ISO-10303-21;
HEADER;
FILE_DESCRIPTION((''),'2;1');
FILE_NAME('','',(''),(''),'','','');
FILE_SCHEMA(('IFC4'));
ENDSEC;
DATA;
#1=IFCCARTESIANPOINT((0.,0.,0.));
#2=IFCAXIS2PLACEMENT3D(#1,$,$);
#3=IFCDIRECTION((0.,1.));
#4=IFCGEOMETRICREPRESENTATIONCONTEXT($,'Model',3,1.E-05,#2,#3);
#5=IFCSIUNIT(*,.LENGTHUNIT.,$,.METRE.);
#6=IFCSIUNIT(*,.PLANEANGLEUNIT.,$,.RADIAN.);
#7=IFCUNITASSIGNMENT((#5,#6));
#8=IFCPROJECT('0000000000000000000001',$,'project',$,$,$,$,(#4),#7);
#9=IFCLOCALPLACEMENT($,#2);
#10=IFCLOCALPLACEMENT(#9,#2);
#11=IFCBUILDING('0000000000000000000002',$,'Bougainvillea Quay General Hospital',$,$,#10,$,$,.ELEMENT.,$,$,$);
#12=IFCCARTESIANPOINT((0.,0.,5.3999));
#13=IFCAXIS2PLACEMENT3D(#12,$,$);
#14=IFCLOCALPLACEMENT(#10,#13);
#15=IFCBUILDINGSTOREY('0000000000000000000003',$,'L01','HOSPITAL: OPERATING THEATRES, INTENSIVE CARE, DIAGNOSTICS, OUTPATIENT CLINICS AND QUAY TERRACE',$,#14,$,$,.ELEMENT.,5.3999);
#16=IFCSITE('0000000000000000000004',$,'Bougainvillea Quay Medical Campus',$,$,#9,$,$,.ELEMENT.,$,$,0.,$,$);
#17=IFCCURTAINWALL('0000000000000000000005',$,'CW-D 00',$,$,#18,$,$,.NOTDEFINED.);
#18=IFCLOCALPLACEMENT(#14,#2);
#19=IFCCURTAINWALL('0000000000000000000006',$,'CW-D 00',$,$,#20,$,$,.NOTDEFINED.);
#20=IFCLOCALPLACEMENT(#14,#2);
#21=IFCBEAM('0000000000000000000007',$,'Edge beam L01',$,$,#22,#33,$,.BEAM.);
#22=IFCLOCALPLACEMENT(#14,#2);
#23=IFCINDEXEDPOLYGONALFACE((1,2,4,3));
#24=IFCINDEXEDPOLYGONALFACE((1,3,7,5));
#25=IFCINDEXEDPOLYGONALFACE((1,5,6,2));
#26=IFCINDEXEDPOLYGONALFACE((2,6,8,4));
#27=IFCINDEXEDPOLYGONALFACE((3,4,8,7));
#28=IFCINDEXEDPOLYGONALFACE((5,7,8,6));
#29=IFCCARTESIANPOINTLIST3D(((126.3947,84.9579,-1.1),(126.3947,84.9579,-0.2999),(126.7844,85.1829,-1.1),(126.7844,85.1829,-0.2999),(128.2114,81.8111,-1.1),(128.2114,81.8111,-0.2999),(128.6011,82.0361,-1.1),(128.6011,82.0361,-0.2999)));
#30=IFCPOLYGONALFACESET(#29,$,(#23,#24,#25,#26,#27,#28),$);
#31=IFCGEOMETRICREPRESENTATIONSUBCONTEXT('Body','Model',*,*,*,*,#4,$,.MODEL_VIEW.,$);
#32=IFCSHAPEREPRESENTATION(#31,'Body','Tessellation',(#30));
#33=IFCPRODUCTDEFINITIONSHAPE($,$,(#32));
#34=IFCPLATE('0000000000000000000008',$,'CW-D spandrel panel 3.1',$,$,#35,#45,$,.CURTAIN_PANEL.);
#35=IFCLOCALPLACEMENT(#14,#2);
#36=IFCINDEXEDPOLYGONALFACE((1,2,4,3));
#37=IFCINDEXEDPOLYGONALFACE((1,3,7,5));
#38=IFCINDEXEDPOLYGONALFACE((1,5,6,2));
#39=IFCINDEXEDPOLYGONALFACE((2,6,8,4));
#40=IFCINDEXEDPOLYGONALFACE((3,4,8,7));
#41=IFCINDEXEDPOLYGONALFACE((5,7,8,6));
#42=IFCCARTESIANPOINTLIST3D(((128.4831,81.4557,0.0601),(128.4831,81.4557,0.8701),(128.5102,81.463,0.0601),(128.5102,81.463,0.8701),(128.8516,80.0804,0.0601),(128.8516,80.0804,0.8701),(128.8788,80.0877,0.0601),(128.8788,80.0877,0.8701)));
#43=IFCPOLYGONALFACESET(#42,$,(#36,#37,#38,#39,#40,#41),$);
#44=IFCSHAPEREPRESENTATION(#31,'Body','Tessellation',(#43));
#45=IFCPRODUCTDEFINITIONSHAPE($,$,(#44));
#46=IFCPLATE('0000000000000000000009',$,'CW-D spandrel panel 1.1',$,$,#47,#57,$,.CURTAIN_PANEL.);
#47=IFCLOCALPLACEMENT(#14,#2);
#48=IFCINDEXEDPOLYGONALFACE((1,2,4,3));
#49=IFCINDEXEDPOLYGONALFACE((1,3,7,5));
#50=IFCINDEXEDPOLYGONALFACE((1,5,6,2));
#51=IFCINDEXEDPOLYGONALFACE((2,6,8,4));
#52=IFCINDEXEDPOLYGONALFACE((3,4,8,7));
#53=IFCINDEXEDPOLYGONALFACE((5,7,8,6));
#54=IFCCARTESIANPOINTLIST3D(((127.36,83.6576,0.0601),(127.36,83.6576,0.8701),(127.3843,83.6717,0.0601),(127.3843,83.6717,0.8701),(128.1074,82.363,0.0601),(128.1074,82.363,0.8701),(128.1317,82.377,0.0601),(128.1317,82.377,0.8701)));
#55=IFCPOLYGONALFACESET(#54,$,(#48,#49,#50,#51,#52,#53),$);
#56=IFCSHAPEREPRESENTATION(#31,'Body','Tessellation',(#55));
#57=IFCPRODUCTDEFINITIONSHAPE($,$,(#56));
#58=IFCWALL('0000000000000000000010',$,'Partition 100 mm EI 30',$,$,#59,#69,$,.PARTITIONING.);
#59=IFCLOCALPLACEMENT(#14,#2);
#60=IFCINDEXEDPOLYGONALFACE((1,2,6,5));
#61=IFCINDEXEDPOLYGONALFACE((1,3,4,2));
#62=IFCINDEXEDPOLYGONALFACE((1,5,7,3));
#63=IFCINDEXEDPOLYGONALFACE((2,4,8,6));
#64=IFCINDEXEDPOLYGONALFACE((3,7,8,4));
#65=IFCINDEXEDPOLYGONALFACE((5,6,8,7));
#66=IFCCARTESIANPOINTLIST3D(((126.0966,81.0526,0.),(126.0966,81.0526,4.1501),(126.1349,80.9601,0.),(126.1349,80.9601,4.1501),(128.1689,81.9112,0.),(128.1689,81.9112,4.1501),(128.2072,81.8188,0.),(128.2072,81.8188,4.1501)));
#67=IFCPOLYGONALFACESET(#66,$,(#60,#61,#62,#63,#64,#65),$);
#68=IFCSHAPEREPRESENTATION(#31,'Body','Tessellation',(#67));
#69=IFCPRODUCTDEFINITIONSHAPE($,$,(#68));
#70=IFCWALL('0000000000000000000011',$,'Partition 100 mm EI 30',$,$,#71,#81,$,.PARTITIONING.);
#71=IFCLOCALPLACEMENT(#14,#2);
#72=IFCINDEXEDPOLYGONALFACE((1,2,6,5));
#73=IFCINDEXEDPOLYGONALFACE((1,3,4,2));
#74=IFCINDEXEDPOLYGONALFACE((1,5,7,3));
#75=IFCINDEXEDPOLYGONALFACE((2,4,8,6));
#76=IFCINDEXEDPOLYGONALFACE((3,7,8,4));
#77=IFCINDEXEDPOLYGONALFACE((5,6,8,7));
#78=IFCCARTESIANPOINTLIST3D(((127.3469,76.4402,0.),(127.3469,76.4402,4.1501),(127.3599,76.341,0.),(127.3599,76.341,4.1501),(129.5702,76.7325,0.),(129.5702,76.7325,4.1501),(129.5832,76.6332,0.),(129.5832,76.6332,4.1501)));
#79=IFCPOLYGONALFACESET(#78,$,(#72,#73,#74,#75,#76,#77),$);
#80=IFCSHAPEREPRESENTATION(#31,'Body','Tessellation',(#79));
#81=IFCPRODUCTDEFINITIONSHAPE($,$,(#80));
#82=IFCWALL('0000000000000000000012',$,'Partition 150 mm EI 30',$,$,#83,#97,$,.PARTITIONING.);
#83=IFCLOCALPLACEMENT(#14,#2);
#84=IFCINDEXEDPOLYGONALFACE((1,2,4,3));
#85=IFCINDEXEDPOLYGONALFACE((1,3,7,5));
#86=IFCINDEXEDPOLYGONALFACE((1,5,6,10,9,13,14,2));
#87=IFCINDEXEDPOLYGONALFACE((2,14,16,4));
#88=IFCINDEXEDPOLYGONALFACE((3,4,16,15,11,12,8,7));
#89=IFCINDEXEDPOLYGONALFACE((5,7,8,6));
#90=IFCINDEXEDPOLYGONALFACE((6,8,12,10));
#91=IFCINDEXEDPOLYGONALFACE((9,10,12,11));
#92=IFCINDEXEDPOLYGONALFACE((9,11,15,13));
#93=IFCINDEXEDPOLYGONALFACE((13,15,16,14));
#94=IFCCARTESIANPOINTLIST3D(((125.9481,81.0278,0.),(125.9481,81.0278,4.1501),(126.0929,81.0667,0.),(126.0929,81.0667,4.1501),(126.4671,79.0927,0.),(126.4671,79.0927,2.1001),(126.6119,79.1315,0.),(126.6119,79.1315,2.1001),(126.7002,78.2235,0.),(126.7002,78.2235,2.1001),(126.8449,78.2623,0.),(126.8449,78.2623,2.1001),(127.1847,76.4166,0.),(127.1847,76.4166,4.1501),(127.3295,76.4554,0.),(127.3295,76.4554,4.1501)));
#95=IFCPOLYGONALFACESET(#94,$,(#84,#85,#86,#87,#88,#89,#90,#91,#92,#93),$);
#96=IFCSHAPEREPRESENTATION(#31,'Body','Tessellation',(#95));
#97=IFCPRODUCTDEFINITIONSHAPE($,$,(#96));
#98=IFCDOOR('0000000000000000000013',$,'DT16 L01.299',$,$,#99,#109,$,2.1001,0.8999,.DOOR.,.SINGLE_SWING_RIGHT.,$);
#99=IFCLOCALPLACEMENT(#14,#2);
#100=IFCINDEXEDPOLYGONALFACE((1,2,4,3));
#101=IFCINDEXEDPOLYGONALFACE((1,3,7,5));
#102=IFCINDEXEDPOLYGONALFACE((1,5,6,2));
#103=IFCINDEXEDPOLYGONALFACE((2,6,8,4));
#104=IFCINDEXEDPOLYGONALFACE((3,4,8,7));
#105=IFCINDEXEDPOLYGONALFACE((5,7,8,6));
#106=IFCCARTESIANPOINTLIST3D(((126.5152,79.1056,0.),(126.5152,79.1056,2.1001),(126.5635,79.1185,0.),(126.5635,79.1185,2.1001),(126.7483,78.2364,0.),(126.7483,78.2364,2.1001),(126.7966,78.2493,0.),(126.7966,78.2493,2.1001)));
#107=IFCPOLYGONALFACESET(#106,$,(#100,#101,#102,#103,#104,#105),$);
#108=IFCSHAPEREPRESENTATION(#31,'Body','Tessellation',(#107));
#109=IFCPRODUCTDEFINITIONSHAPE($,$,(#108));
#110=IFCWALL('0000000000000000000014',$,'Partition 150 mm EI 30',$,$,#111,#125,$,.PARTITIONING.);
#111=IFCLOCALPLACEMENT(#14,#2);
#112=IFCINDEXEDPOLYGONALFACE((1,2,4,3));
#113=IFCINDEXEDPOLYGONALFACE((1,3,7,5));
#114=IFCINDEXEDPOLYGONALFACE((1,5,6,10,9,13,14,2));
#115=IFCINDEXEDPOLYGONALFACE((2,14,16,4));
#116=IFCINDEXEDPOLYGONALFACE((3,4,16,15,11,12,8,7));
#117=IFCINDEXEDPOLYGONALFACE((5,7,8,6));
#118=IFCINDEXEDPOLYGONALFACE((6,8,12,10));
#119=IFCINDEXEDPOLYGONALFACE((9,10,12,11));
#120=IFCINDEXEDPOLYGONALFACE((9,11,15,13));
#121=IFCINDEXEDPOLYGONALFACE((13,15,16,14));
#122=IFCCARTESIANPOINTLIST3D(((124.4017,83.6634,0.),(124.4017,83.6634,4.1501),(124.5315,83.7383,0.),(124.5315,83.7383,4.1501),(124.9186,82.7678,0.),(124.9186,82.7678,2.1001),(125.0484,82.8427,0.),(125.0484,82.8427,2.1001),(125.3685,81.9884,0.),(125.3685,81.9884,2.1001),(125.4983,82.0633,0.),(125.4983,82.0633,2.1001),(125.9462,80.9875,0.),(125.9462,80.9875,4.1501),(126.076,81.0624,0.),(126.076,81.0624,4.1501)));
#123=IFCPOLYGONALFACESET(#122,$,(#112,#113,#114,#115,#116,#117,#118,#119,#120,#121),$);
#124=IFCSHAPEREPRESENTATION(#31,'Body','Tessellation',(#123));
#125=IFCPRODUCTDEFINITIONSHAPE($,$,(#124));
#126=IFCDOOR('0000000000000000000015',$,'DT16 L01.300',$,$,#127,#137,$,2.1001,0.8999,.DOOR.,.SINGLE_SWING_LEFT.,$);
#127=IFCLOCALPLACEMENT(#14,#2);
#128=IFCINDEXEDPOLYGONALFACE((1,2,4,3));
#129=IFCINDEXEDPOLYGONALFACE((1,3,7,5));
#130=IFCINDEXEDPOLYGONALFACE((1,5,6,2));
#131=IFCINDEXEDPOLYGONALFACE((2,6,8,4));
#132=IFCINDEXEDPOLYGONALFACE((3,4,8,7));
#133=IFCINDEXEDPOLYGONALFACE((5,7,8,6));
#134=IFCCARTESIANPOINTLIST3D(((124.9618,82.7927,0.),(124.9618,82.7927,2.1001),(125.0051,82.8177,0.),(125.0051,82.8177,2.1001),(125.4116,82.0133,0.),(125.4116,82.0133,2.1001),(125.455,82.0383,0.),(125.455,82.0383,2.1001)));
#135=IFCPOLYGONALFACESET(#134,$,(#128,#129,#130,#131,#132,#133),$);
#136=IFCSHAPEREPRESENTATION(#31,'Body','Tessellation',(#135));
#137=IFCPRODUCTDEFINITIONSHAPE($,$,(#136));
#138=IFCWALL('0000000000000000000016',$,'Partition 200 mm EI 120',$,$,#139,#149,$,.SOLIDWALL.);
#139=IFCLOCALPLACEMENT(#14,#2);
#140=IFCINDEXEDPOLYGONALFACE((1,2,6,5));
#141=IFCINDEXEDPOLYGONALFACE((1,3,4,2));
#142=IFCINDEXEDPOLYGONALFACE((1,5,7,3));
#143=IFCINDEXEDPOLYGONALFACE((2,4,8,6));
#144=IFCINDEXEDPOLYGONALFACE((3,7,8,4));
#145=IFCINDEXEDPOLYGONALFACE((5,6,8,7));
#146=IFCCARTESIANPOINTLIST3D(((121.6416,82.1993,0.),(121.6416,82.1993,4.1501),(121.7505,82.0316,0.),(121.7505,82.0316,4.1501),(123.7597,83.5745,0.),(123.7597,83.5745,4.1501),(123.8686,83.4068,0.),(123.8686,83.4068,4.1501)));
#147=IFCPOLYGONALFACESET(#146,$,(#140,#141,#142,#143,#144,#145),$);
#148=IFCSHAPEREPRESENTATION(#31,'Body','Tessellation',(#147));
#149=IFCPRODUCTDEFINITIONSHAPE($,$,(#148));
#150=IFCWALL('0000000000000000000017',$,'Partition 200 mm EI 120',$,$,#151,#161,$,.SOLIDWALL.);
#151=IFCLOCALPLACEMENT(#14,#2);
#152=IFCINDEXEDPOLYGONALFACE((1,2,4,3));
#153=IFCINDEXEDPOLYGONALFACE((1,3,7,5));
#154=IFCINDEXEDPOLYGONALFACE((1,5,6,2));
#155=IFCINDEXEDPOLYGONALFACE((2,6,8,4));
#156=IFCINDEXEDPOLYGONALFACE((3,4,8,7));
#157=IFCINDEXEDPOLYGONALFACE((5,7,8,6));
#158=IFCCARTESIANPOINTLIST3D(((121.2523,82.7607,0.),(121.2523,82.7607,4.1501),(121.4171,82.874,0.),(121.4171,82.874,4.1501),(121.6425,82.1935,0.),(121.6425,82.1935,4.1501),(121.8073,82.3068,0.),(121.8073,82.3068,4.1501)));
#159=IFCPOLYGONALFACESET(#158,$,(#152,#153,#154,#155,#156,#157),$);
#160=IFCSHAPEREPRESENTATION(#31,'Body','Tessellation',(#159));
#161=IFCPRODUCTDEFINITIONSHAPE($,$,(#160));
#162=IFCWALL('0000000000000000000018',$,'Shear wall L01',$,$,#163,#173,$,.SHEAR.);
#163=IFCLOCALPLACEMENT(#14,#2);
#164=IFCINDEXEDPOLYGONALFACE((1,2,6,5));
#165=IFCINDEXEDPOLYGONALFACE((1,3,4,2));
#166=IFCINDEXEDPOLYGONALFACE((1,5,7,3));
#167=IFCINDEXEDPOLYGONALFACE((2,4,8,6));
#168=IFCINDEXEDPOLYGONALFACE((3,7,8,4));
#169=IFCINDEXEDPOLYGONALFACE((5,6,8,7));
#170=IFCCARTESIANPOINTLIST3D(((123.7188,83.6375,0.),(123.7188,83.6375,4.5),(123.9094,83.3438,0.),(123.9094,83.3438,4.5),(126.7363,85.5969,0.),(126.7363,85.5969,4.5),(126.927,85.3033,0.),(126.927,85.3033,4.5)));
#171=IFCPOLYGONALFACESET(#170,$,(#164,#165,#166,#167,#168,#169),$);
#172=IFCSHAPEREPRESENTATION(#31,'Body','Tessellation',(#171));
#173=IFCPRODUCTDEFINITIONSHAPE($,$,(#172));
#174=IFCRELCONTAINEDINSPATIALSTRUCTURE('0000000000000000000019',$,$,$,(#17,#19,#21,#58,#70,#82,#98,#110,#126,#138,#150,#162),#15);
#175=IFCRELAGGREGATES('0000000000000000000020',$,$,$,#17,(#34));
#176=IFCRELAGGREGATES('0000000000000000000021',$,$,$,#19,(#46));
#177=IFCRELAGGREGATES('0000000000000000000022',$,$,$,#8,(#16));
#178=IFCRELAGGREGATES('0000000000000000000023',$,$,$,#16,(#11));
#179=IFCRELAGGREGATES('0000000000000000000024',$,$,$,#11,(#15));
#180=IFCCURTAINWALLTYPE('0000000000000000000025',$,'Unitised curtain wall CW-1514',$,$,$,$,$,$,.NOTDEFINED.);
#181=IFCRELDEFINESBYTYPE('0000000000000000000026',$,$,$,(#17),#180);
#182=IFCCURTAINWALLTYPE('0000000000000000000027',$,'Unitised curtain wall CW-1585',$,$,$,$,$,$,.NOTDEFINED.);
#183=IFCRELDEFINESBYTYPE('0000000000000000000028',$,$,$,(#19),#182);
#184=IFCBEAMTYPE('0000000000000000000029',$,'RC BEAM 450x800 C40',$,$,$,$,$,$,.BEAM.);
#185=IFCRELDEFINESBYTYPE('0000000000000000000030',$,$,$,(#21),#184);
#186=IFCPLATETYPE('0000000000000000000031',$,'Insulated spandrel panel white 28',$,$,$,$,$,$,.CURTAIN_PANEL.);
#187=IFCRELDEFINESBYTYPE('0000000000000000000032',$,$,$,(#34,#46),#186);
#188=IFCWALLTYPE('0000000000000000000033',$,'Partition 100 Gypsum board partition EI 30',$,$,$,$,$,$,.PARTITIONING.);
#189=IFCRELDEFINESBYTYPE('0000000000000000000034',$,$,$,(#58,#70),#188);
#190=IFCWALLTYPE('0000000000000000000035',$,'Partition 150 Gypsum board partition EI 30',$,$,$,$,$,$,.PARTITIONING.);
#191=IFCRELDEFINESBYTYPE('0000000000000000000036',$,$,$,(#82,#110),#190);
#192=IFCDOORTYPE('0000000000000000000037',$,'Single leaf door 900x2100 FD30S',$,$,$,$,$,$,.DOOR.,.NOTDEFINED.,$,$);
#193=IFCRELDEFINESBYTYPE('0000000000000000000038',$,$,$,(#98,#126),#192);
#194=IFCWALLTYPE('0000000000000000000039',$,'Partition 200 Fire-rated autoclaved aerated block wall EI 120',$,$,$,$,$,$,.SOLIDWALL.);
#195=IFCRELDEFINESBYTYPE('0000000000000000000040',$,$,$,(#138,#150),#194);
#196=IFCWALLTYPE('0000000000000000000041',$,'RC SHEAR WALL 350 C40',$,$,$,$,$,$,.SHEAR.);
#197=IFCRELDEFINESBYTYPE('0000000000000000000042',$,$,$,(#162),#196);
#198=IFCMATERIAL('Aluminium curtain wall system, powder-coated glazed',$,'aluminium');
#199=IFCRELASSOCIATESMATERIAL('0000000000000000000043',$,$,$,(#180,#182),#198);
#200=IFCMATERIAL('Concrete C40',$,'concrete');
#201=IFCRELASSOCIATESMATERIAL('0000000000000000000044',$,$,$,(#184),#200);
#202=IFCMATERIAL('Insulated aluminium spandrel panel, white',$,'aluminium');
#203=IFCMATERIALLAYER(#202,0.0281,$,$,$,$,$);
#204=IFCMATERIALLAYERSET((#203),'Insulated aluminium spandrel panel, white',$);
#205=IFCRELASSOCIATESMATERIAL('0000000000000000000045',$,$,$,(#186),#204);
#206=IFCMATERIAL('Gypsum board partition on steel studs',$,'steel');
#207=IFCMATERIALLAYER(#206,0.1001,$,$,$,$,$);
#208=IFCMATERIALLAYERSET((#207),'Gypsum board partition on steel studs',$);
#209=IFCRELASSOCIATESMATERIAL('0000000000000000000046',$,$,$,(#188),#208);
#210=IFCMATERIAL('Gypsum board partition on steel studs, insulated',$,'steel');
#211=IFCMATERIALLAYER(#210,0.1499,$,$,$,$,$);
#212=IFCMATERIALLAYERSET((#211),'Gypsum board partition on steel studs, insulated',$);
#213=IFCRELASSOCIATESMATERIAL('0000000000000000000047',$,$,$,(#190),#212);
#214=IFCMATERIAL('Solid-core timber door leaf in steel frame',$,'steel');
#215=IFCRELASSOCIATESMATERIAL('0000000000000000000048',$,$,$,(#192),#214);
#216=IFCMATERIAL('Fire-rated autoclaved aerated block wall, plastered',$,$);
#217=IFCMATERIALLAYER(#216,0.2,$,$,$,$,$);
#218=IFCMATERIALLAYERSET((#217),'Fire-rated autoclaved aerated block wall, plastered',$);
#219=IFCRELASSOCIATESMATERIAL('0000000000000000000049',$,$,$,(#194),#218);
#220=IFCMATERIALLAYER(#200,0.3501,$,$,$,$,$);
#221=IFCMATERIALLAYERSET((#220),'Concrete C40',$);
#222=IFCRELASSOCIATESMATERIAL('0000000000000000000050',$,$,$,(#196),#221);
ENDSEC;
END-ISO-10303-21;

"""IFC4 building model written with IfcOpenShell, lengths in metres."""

from ifc_helpers import new_model, si_unit, direction, frame, frame_2d, origin, origin_2d, place, context, subcontext, project, spatial, rectangle, extrude, material, layer, layer_set, material_profile, profile_set, type_object, element, fill, aggregate, save


model = new_model("IFC4")

# Units and contexts
model_context = context("Model", 3, precision=1e-05, world=origin(), true_north=direction((0.0, 1.0)))
body_context = subcontext(model_context, "Body", "Model", "MODEL_VIEW")
ifc_project = project(units=[si_unit("LENGTHUNIT", "METRE"), si_unit("PLANEANGLEUNIT", "RADIAN")], contexts=[model_context])

# Site, building, storey
site_placement = place(None, origin())
site = spatial("IfcSite", under=ifc_project, at=site_placement, Name="Bougainvillea Quay Medical Campus", CompositionType="ELEMENT", RefElevation=0.0)
building_placement = place(site_placement, origin())
building = spatial("IfcBuilding", under=site, at=building_placement, Name="Bougainvillea Quay General Hospital", CompositionType="ELEMENT")
storey_placement = place(building_placement, frame((0.0, 0.0, 5.3999)))
storey = spatial("IfcBuildingStorey", under=building, at=storey_placement, Name="L01", Description="HOSPITAL: OPERATING THEATRES, INTENSIVE CARE, DIAGNOSTICS, OUTPATIENT CLINICS AND QUAY TERRACE", CompositionType="ELEMENT", Elevation=5.3999)

# Curtain wall
ifc_material_1 = material(Name="Aluminium curtain wall system, powder-coated glazed", Category="aluminium")
curtain_wall_type_1 = type_object("IfcCurtainWallType", Name="Unitised curtain wall CW-1514", PredefinedType="NOTDEFINED", material=ifc_material_1)
curtain_wall_1_placement = place(storey_placement, origin())
curtain_wall_1 = element("IfcCurtainWall", 1, at=curtain_wall_1_placement, inside=storey, type_object=curtain_wall_type_1, Name="CW-D 00", PredefinedType="NOTDEFINED")

# Curtain wall
curtain_wall_type_2 = type_object("IfcCurtainWallType", Name="Unitised curtain wall CW-1585", PredefinedType="NOTDEFINED", material=ifc_material_1)
curtain_wall_2_placement = place(storey_placement, origin())
curtain_wall_2 = element("IfcCurtainWall", 2, at=curtain_wall_2_placement, inside=storey, type_object=curtain_wall_type_2, Name="CW-D 00", PredefinedType="NOTDEFINED")

# Beam
ifc_material_2 = material(Name="Concrete C40", Category="concrete")
ifc_material_profile_1 = material_profile(ifc_material_2, rectangle(XDim=0.45, YDim=0.8, at=origin_2d()))
ifc_profile_set_1 = profile_set([ifc_material_profile_1], Name="Concrete C40")
beam_type = type_object("IfcBeamType", Name="RC BEAM 450x800 C40", PredefinedType="BEAM", material=ifc_profile_set_1)
beam_placement = place(storey_placement, frame((128.4062, 81.9236, -0.7), z_axis=(-0.499976, 0.866039, 0.0), x_axis=(-0.866039, -0.499976, 0.0)))
element("IfcBeam", 3, at=beam_placement, inside=storey, type_object=beam_type, Name="Edge beam L01", PredefinedType="BEAM", context=body_context, shape_type="SweptSolid", body=[
    extrude(rectangle(XDim=0.45, YDim=0.8, at=origin_2d()), origin(), (0.0, 0.0, 1.0), 3.6335),
])

# Plates
ifc_material_3 = material(Name="Insulated aluminium spandrel panel, white", Category="aluminium")
ifc_layer_1 = layer(ifc_material_3, 0.0281)
ifc_layer_set_1 = layer_set([ifc_layer_1], Name="Insulated aluminium spandrel panel, white")
plate_type = type_object("IfcPlateType", Name="Insulated spandrel panel white 28", PredefinedType="CURTAIN_PANEL", material=ifc_layer_set_1)
plate_1_placement = place(storey_placement, frame((128.6809, 80.7717, 0.0601), z_axis=(0.0, 0.0, 1.0), x_axis=(-0.258855, 0.965916, 0.0)))
plate_1 = element("IfcPlate", 4, at=plate_1_placement, type_object=plate_type, Name="CW-D spandrel panel 3.1", PredefinedType="CURTAIN_PANEL", context=body_context, shape_type="SweptSolid", body=[
    extrude(rectangle(XDim=1.4238, YDim=0.0281, at=origin_2d()), origin(), (0.0, 0.0, 1.0), 0.8101),
])
aggregate(curtain_wall_1, [plate_1])
plate_2_placement = place(storey_placement, frame((127.7458, 83.0173, 0.0601), z_axis=(0.0, 0.0, 1.0), x_axis=(-0.499965, 0.866046, 0.0)))
plate_2 = element("IfcPlate", 5, at=plate_2_placement, type_object=plate_type, Name="CW-D spandrel panel 1.1", PredefinedType="CURTAIN_PANEL", context=body_context, shape_type="SweptSolid", body=[
    extrude(rectangle(XDim=1.4949, YDim=0.0281, at=origin_2d()), origin(), (0.0, 0.0, 1.0), 0.8101),
])
aggregate(curtain_wall_2, [plate_2])

# Walls
ifc_material_4 = material(Name="Gypsum board partition on steel studs", Category="steel")
ifc_layer_2 = layer(ifc_material_4, 0.1001)
ifc_layer_set_2 = layer_set([ifc_layer_2], Name="Gypsum board partition on steel studs")
wall_type_1 = type_object("IfcWallType", Name="Partition 100 Gypsum board partition EI 30", PredefinedType="PARTITIONING", material=ifc_layer_set_2)
wall_1_placement = place(storey_placement, frame((126.1157, 81.0063, 0.0), z_axis=(0.0, 0.0, 1.0), x_axis=(0.923835, 0.382791, 0.0)))
element("IfcWall", 6, at=wall_1_placement, inside=storey, type_object=wall_type_1, Name="Partition 100 mm EI 30", PredefinedType="PARTITIONING", context=body_context, shape_type="SweptSolid", body=[
    extrude(rectangle(XDim=2.2432, YDim=0.1001, at=frame_2d((1.1216, 0.0))), origin(), (0.0, 0.0, 1.0), 4.1501),
])
wall_2_placement = place(storey_placement, frame((127.3535, 76.3906, 0.0), z_axis=(0.0, 0.0, 1.0), x_axis=(0.991472, 0.130317, 0.0)))
element("IfcWall", 7, at=wall_2_placement, inside=storey, type_object=wall_type_1, Name="Partition 100 mm EI 30", PredefinedType="PARTITIONING", context=body_context, shape_type="SweptSolid", body=[
    extrude(rectangle(XDim=2.2424, YDim=0.1001, at=frame_2d((1.1211, 0.0))), origin(), (0.0, 0.0, 1.0), 4.1501),
])

# Walls, openings, doors
ifc_material_5 = material(Name="Gypsum board partition on steel studs, insulated", Category="steel")
ifc_layer_3 = layer(ifc_material_5, 0.1499)
ifc_layer_set_3 = layer_set([ifc_layer_3], Name="Gypsum board partition on steel studs, insulated")
wall_type_2 = type_object("IfcWallType", Name="Partition 150 Gypsum board partition EI 30", PredefinedType="PARTITIONING", material=ifc_layer_set_3)
wall_3_placement = place(storey_placement, frame((126.0205, 81.0474, 0.0), z_axis=(0.0, 0.0, 1.0), x_axis=(0.259009, -0.965875, 0.0)))
wall_3 = element("IfcWall", 8, at=wall_3_placement, inside=storey, type_object=wall_type_2, Name="Partition 150 mm EI 30", PredefinedType="PARTITIONING", context=body_context, shape_type="SweptSolid", body=[
    extrude(rectangle(XDim=4.7742, YDim=0.1499, at=frame_2d((2.3872, 0.0))), origin(), (0.0, 0.0, 1.0), 4.1501),
])
opening_1_placement = place(wall_3_placement, frame((2.0037, 0.0, 0.0)))
opening_1 = element("IfcOpeningElement", 9, at=opening_1_placement, cuts=wall_3, PredefinedType="OPENING", context=body_context, shape_type="SweptSolid", body=[
    extrude(rectangle(XDim=0.8999, YDim=2.1001, at=frame_2d((0.45, 1.05))), frame((0.0, 0.085, 0.0), z_axis=(0.0, -1.0, 0.0), x_axis=(1.0, 0.0, 0.0)), (0.0, 0.0, 1.0), 0.1699),
])
ifc_material_6 = material(Name="Solid-core timber door leaf in steel frame", Category="steel")
door_type = type_object("IfcDoorType", Name="Single leaf door 900x2100 FD30S", OperationType="NOTDEFINED", PredefinedType="DOOR", material=ifc_material_6)
door_1_placement = place(opening_1_placement, origin())
door_1 = element("IfcDoor", 10, at=door_1_placement, inside=storey, type_object=door_type, Name="DT16 L01.299", OperationType="SINGLE_SWING_RIGHT", OverallHeight=2.1001, OverallWidth=0.8999, PredefinedType="DOOR", context=body_context, shape_type="SweptSolid", body=[
    extrude(rectangle(XDim=0.8999, YDim=2.1001, at=frame_2d((0.45, 1.05))), frame((0.0, 0.0249, 0.0), z_axis=(0.0, -1.0, 0.0), x_axis=(1.0, 0.0, 0.0)), (0.0, 0.0, 1.0), 0.05),
])
fill(opening_1, door_1)
wall_4_placement = place(storey_placement, frame((124.4666, 83.7009, 0.0), z_axis=(0.0, 0.0, 1.0), x_axis=(0.499896, -0.866086, 0.0)))
wall_4 = element("IfcWall", 11, at=wall_4_placement, inside=storey, type_object=wall_type_2, Name="Partition 150 mm EI 30", PredefinedType="PARTITIONING", context=body_context, shape_type="SweptSolid", body=[
    extrude(rectangle(XDim=3.0896, YDim=0.1499, at=frame_2d((1.5449, 0.0))), origin(), (0.0, 0.0, 1.0), 4.1501),
])
opening_2_placement = place(wall_4_placement, frame((1.0342, 0.0, 0.0)))
opening_2 = element("IfcOpeningElement", 12, at=opening_2_placement, cuts=wall_4, PredefinedType="OPENING", context=body_context, shape_type="SweptSolid", body=[
    extrude(rectangle(XDim=0.8999, YDim=2.1001, at=frame_2d((0.45, 1.05))), frame((0.0, 0.085, 0.0), z_axis=(0.0, -1.0, 0.0), x_axis=(1.0, 0.0, 0.0)), (0.0, 0.0, 1.0), 0.1699),
])
door_2_placement = place(opening_2_placement, origin())
door_2 = element("IfcDoor", 13, at=door_2_placement, inside=storey, type_object=door_type, Name="DT16 L01.300", OperationType="SINGLE_SWING_LEFT", OverallHeight=2.1001, OverallWidth=0.8999, PredefinedType="DOOR", context=body_context, shape_type="SweptSolid", body=[
    extrude(rectangle(XDim=0.8999, YDim=2.1001, at=frame_2d((0.45, 1.05))), frame((0.0, 0.0249, 0.0), z_axis=(0.0, -1.0, 0.0), x_axis=(1.0, 0.0, 0.0)), (0.0, 0.0, 1.0), 0.05),
])
fill(opening_2, door_2)

# Walls
ifc_material_7 = material(Name="Fire-rated autoclaved aerated block wall, plastered")
ifc_layer_4 = layer(ifc_material_7, 0.2)
ifc_layer_set_4 = layer_set([ifc_layer_4], Name="Fire-rated autoclaved aerated block wall, plastered")
wall_type_3 = type_object("IfcWallType", Name="Partition 200 Fire-rated autoclaved aerated block wall EI 120", PredefinedType="SOLIDWALL", material=ifc_layer_set_4)
wall_5_placement = place(storey_placement, frame((121.696, 82.1155, 0.0), z_axis=(0.0, 0.0, 1.0), x_axis=(0.838726, 0.544553, 0.0)))
element("IfcWall", 14, at=wall_5_placement, inside=storey, type_object=wall_type_3, Name="Partition 200 mm EI 120", PredefinedType="SOLIDWALL", context=body_context, shape_type="SweptSolid", body=[
    extrude(rectangle(XDim=2.5254, YDim=0.2, at=frame_2d((1.2627, 0.0))), origin(), (0.0, 0.0, 1.0), 4.1501),
])
wall_6_placement = place(storey_placement, frame((121.3347, 82.8174, 0.0), z_axis=(0.0, 0.0, 1.0), x_axis=(0.566755, -0.823887, 0.0)))
element("IfcWall", 15, at=wall_6_placement, inside=storey, type_object=wall_type_3, Name="Partition 200 mm EI 120", PredefinedType="SOLIDWALL", context=body_context, shape_type="SweptSolid", body=[
    extrude(rectangle(XDim=0.6885, YDim=0.2, at=frame_2d((0.3442, 0.0))), origin(), (0.0, 0.0, 1.0), 4.1501),
])
ifc_layer_5 = layer(ifc_material_2, 0.3501)
ifc_layer_set_5 = layer_set([ifc_layer_5], Name="Concrete C40")
wall_type_4 = type_object("IfcWallType", Name="RC SHEAR WALL 350 C40", PredefinedType="SHEAR", material=ifc_layer_set_5)
wall_7_placement = place(storey_placement, frame((123.8142, 83.4907, 0.0), z_axis=(0.0, 0.0, 1.0), x_axis=(0.838692, 0.544607, 0.0)))
element("IfcWall", 16, at=wall_7_placement, inside=storey, type_object=wall_type_4, Name="Shear wall L01", PredefinedType="SHEAR", context=body_context, shape_type="SweptSolid", body=[
    extrude(rectangle(XDim=3.5979, YDim=0.3501, at=frame_2d((1.7988, 0.0))), origin(), (0.0, 0.0, 1.0), 4.5),
])

save(model, "model.ifc")
